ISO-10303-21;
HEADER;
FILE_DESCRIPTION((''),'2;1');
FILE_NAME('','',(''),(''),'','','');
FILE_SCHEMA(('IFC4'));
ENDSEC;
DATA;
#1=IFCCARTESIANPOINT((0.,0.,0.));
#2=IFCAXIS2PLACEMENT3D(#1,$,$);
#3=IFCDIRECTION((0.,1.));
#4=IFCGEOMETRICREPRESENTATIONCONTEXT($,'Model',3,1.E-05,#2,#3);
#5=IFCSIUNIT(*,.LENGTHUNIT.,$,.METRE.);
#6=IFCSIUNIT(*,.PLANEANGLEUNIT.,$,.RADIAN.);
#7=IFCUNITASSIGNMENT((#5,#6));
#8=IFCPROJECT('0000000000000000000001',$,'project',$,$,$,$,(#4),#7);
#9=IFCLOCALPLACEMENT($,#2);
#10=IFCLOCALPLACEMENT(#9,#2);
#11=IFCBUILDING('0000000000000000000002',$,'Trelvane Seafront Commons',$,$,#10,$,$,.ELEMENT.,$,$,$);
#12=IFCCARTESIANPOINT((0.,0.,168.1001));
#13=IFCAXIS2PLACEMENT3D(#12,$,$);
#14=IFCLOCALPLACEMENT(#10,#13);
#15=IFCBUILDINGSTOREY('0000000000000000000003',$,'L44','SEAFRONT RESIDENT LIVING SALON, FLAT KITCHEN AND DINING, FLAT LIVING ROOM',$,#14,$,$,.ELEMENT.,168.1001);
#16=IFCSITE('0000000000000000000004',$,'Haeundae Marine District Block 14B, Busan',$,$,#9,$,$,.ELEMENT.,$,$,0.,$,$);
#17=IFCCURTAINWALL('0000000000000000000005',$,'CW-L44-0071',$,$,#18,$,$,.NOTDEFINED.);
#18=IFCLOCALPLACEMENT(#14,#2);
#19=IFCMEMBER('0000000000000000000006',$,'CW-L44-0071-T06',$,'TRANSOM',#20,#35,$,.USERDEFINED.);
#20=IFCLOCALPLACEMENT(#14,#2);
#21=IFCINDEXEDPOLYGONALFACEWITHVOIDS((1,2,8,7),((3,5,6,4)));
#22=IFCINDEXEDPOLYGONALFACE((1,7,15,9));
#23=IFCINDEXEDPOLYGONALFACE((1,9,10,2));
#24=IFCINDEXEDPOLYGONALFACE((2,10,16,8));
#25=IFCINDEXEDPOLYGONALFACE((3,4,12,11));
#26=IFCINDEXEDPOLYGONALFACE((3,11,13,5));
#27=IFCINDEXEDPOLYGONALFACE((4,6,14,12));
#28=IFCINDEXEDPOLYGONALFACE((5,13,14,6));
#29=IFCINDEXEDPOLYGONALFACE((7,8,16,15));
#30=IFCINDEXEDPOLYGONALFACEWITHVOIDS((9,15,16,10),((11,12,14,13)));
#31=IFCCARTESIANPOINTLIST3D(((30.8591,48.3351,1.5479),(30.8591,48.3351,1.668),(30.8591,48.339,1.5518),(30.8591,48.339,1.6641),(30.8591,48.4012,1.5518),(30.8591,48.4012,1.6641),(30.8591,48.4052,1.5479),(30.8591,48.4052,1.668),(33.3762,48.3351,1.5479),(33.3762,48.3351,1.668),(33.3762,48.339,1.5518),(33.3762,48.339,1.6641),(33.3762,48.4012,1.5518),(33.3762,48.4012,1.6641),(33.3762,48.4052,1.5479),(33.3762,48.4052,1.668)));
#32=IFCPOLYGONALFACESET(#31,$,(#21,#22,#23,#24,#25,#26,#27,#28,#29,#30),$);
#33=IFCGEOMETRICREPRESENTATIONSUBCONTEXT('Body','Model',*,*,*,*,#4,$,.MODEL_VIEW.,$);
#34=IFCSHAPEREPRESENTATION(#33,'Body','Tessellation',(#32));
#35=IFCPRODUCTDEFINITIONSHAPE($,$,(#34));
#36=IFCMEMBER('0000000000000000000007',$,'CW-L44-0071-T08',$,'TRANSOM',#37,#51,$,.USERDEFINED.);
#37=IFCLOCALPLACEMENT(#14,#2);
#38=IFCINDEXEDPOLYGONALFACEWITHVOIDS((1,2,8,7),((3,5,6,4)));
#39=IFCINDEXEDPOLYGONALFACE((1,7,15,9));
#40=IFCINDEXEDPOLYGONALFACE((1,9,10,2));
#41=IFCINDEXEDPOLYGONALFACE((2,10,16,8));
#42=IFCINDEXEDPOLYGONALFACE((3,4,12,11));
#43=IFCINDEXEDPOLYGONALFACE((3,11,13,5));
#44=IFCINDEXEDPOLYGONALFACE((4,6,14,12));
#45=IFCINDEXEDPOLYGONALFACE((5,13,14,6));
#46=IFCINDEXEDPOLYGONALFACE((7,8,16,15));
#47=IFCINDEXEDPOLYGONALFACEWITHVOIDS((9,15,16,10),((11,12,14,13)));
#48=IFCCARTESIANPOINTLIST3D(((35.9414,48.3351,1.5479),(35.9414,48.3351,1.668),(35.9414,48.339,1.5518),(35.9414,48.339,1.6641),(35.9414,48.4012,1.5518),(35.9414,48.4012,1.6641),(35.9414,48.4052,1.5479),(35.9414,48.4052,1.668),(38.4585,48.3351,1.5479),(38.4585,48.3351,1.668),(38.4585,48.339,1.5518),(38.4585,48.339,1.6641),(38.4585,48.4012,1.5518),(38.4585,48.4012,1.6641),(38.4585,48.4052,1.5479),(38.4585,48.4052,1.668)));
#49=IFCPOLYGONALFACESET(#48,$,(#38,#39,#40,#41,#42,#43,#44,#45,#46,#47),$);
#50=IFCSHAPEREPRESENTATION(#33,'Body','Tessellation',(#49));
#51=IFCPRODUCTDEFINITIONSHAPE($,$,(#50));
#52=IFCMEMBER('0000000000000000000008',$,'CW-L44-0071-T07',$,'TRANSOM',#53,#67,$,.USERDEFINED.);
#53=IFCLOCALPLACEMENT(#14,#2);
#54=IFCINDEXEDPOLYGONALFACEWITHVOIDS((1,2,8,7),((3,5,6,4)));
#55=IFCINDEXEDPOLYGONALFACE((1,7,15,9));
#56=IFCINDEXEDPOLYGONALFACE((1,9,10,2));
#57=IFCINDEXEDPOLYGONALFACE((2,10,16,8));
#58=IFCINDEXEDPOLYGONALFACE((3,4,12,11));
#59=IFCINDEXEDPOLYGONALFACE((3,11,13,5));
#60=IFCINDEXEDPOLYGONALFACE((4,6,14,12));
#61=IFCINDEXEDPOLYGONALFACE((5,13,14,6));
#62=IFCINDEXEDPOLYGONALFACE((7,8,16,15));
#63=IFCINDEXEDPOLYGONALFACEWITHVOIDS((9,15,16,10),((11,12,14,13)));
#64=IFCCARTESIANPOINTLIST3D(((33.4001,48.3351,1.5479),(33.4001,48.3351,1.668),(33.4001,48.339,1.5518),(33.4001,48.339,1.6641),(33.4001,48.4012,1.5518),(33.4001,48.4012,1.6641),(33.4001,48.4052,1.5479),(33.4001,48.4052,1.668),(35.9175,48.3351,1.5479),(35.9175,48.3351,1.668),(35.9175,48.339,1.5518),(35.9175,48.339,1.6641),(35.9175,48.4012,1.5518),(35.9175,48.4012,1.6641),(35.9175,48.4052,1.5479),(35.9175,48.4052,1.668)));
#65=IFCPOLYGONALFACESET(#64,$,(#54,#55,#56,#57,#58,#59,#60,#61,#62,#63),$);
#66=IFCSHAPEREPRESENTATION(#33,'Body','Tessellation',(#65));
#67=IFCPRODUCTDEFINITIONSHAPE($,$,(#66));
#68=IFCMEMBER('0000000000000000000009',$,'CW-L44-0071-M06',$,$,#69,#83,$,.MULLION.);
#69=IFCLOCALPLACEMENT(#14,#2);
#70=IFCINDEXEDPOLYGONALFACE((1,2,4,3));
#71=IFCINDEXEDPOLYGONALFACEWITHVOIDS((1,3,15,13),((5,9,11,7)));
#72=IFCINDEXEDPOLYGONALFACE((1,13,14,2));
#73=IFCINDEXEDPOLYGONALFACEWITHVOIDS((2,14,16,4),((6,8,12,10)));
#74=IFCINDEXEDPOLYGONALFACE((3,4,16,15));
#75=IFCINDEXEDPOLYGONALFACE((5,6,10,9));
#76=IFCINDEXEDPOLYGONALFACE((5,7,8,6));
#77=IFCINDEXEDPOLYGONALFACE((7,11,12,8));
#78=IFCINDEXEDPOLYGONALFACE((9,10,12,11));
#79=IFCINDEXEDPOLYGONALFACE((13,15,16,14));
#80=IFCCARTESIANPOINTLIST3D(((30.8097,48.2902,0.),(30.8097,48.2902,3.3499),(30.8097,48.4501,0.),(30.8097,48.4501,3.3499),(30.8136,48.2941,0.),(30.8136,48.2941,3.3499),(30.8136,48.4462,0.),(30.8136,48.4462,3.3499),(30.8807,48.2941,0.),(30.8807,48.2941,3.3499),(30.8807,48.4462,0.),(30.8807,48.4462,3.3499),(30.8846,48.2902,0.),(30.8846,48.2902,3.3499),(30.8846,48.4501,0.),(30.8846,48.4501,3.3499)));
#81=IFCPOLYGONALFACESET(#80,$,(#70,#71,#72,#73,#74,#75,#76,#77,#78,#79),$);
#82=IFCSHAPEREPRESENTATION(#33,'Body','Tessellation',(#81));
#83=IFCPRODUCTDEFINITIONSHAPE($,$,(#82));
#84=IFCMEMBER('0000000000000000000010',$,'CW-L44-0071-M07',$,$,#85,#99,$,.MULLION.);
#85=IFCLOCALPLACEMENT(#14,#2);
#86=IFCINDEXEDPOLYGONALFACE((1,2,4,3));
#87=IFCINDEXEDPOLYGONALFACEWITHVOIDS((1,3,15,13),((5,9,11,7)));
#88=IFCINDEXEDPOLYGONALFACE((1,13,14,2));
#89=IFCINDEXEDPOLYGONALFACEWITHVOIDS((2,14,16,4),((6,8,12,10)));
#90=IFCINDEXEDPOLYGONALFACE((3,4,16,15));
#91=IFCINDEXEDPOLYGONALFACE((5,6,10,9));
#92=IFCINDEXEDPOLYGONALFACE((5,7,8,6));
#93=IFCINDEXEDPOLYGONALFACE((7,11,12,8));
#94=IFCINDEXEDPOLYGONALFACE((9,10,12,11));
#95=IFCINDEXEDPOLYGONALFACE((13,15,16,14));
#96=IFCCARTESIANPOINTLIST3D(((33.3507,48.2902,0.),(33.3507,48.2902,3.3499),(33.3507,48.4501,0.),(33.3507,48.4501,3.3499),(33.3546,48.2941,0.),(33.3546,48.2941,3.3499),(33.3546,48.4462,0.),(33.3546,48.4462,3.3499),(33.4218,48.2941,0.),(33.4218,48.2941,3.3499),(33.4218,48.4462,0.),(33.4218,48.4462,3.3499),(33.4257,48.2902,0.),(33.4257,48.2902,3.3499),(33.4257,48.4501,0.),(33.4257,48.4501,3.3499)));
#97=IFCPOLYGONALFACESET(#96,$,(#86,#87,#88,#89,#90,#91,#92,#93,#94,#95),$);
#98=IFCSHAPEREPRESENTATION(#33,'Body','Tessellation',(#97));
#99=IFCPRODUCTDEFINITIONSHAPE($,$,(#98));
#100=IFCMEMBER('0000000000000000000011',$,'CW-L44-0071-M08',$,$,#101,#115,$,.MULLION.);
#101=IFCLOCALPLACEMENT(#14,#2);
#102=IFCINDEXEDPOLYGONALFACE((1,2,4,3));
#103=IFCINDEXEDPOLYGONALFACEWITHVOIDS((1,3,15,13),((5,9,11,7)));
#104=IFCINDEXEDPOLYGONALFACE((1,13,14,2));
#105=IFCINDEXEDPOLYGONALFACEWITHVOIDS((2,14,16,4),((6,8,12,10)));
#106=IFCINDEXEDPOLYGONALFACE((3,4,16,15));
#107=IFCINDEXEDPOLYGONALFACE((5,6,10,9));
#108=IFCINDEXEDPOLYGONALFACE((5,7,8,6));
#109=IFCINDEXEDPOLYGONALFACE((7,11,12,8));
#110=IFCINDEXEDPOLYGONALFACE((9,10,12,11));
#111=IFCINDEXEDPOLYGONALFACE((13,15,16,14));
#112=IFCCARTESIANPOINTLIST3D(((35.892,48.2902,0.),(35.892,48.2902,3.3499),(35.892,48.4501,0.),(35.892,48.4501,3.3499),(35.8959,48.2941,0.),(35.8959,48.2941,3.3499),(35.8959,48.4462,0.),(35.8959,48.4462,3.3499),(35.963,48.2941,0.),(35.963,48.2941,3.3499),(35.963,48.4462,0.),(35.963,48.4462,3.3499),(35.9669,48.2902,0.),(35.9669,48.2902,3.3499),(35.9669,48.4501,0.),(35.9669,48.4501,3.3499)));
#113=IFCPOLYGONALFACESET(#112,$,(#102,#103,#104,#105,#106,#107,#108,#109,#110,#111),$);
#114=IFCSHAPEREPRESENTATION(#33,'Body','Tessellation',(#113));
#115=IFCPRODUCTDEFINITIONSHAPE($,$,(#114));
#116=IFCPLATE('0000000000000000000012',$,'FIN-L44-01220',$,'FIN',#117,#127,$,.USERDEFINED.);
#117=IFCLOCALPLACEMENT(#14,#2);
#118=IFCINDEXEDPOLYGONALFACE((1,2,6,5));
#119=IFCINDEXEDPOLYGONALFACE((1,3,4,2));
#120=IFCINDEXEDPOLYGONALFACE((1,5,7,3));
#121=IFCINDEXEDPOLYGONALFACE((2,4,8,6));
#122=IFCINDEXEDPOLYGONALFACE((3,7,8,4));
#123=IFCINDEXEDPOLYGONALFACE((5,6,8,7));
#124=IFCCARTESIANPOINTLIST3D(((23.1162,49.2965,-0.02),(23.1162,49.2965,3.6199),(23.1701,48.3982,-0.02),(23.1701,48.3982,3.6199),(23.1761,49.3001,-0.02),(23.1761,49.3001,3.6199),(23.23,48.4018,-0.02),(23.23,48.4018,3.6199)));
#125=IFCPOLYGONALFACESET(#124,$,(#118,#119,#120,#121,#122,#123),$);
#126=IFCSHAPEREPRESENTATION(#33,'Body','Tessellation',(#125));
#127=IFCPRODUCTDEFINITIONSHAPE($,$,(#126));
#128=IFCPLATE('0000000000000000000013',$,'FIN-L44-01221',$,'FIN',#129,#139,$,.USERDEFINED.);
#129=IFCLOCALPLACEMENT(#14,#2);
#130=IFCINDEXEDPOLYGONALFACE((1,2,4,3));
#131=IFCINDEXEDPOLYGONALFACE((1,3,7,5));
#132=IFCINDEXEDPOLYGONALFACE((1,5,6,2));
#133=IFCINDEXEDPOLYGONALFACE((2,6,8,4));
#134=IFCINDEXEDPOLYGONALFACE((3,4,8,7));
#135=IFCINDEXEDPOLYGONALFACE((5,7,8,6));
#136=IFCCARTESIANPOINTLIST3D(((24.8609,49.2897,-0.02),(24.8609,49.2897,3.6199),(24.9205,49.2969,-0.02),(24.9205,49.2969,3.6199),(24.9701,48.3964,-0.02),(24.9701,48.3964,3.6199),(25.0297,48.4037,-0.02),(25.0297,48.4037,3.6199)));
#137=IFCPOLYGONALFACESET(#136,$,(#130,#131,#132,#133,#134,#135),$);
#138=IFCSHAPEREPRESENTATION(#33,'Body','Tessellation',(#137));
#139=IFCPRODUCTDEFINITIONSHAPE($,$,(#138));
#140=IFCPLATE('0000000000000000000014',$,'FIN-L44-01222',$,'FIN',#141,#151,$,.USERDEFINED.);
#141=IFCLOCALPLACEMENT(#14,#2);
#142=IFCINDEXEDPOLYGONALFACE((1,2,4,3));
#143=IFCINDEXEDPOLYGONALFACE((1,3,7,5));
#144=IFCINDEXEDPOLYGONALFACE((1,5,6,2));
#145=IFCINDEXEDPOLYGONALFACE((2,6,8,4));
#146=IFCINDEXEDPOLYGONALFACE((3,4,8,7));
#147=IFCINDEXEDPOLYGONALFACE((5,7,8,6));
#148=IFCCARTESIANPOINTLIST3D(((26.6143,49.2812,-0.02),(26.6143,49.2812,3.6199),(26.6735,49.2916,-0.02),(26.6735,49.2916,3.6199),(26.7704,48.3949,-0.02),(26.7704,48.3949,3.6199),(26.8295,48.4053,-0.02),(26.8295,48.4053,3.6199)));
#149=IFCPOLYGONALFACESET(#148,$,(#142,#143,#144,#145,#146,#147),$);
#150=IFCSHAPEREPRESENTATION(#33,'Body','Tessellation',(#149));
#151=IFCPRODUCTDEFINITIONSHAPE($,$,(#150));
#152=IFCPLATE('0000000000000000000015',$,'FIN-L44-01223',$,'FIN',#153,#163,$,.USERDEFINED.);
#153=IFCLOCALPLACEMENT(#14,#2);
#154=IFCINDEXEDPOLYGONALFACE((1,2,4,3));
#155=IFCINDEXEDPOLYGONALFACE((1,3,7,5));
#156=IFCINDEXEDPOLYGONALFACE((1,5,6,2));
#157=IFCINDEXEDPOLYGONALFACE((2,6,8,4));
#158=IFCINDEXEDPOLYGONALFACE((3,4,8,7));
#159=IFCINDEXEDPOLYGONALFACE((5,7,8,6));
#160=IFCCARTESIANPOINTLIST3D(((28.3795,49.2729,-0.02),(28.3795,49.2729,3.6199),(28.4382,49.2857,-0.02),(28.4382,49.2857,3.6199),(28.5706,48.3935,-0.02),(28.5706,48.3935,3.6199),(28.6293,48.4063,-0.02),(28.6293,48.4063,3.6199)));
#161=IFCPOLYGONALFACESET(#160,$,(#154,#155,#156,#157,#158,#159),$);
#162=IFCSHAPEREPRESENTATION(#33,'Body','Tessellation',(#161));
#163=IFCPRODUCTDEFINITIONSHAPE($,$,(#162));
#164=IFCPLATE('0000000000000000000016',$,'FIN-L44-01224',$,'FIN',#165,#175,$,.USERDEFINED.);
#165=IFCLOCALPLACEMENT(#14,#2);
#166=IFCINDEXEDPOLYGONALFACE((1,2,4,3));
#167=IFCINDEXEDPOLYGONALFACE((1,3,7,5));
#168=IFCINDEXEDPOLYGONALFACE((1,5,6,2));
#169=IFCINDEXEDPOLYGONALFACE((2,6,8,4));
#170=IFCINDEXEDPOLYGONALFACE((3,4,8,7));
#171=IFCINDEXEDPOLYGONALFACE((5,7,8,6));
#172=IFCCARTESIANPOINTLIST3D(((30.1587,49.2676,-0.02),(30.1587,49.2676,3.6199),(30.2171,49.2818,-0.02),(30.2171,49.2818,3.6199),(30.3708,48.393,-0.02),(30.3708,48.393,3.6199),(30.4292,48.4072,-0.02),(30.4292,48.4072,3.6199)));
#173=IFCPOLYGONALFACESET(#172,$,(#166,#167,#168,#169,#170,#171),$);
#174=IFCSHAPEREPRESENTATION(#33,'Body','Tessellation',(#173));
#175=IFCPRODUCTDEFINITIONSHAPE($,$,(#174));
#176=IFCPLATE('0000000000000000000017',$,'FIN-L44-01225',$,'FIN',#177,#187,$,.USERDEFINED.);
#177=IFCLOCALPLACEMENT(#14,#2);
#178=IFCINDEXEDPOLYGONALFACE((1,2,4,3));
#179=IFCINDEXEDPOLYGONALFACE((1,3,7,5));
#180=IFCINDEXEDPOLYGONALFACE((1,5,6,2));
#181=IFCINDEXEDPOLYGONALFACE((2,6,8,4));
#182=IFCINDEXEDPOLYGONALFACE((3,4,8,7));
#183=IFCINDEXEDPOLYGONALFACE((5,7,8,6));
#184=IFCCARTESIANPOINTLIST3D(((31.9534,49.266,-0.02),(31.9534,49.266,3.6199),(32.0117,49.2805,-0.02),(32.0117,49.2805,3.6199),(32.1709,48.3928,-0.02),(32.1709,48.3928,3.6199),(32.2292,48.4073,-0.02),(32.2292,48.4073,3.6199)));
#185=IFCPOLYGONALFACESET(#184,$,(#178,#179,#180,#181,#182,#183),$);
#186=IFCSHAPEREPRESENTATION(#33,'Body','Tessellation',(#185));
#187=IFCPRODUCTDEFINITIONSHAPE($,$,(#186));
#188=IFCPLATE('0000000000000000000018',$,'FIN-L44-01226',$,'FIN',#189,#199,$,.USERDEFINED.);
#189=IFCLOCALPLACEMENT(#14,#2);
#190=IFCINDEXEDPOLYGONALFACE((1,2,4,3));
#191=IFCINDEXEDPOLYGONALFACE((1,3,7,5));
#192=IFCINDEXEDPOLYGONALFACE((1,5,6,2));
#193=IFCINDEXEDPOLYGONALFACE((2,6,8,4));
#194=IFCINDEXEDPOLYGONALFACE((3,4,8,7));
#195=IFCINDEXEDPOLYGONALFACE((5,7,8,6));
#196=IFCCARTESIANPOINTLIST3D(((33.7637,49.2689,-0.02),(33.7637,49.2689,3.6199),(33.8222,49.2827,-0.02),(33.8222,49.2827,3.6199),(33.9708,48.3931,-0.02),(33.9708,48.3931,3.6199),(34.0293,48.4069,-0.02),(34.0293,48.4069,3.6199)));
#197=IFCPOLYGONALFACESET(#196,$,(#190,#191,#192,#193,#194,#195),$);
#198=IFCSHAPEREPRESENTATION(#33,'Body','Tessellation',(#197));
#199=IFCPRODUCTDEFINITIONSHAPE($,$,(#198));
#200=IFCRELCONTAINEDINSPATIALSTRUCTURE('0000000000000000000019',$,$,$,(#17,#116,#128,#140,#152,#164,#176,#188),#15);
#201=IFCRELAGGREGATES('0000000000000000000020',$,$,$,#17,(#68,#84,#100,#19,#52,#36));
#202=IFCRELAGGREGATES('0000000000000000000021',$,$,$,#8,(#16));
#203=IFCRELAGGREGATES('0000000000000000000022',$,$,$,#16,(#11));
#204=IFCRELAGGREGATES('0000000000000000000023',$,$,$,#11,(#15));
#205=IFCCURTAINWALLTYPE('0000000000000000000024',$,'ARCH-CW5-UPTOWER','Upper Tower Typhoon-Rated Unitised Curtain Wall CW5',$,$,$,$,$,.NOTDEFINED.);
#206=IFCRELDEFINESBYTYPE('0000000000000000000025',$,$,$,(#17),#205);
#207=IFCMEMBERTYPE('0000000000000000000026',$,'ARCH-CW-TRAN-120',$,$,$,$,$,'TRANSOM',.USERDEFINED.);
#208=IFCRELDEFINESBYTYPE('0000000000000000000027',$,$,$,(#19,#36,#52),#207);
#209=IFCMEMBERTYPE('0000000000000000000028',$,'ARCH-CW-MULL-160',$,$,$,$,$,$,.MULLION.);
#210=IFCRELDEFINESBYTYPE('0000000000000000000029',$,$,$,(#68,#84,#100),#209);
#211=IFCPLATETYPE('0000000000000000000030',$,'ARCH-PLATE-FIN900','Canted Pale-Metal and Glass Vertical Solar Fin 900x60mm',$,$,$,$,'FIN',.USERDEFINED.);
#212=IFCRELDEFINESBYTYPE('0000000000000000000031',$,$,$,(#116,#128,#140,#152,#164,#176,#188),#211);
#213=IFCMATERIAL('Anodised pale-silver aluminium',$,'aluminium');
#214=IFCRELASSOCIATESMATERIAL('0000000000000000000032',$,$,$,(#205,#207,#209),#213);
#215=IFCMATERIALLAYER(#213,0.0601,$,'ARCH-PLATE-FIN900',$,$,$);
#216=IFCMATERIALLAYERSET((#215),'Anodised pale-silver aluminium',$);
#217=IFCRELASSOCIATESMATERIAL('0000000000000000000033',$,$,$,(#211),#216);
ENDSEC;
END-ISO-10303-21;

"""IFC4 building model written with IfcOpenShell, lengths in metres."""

from ifc_helpers import new_model, si_unit, direction, frame, origin, origin_2d, place, context, subcontext, project, spatial, rectangle, hollow_rectangle, extrude, source, transform, mapped, material, layer, layer_set, material_profile, profile_set, type_object, element, aggregate, save


model = new_model("IFC4")

# Units and contexts
model_context = context("Model", 3, precision=1e-05, world=origin(), true_north=direction((0.0, 1.0)))
body_context = subcontext(model_context, "Body", "Model", "MODEL_VIEW")
ifc_project = project(units=[si_unit("LENGTHUNIT", "METRE"), si_unit("PLANEANGLEUNIT", "RADIAN")], contexts=[model_context])

# Site, building, storey
site_placement = place(None, origin())
site = spatial("IfcSite", under=ifc_project, at=site_placement, Name="Haeundae Marine District Block 14B, Busan", CompositionType="ELEMENT", RefElevation=0.0)
building_placement = place(site_placement, origin())
building = spatial("IfcBuilding", under=site, at=building_placement, Name="Trelvane Seafront Commons", CompositionType="ELEMENT")
storey_placement = place(building_placement, frame((0.0, 0.0, 168.1001)))
storey = spatial("IfcBuildingStorey", under=building, at=storey_placement, Name="L44", Description="SEAFRONT RESIDENT LIVING SALON, FLAT KITCHEN AND DINING, FLAT LIVING ROOM", CompositionType="ELEMENT", Elevation=168.1001)

# Curtain wall, members
ifc_material_1 = material(Name="Anodised pale-silver aluminium", Category="aluminium")
curtain_wall_type = type_object("IfcCurtainWallType", Name="ARCH-CW5-UPTOWER", Description="Upper Tower Typhoon-Rated Unitised Curtain Wall CW5", PredefinedType="NOTDEFINED", material=ifc_material_1)
curtain_wall_placement = place(storey_placement, origin())
curtain_wall = element("IfcCurtainWall", 1, at=curtain_wall_placement, inside=storey, type_object=curtain_wall_type, Name="CW-L44-0071", PredefinedType="NOTDEFINED")
ifc_material_profile_1 = material_profile(ifc_material_1, hollow_rectangle(XDim=0.0701, YDim=0.1201, WallThickness=0.0039, at=origin_2d()), Name="TRAN-70x120x4")
ifc_profile_set_1 = profile_set([ifc_material_profile_1], Name="Anodised pale-silver aluminium")
member_type_1 = type_object("IfcMemberType", Name="ARCH-CW-TRAN-120", ElementType="TRANSOM", PredefinedType="USERDEFINED", material=ifc_profile_set_1)
shared_shape_1 = source(origin(), body_context, "Body", "SweptSolid", [
    extrude(hollow_rectangle(XDim=0.0701, YDim=0.1201, WallThickness=0.0039, at=origin_2d()), origin(), (0.0, 0.0, 1.0), 2.5171),
])
member_1_placement = place(storey_placement, frame((30.8591, 48.3701, 1.6079), z_axis=(1.0, 0.0, 0.0), x_axis=(0.0, 1.0, 0.0)))
member_1 = element("IfcMember", 2, at=member_1_placement, type_object=member_type_1, Name="CW-L44-0071-T06", ObjectType="TRANSOM", PredefinedType="USERDEFINED", context=body_context, shape_type="MappedRepresentation", body=[
    mapped(shared_shape_1, transform((0.0, 0.0, 0.0), x_axis=(1.0, 0.0, 0.0), y_axis=(0.0, 1.0, 0.0), z_axis=(0.0, 0.0, 1.0), scale=1.0)),
])
member_2_placement = place(storey_placement, frame((35.9414, 48.3701, 1.6079), z_axis=(1.0, 0.0, 0.0), x_axis=(0.0, 1.0, 0.0)))
member_2 = element("IfcMember", 3, at=member_2_placement, type_object=member_type_1, Name="CW-L44-0071-T08", ObjectType="TRANSOM", PredefinedType="USERDEFINED", context=body_context, shape_type="MappedRepresentation", body=[
    mapped(shared_shape_1, transform((0.0, 0.0, 0.0), x_axis=(1.0, 0.0, 0.0), y_axis=(0.0, 1.0, 0.0), z_axis=(0.0, 0.0, 1.0), scale=1.0)),
])
shared_shape_2 = source(origin(), body_context, "Body", "SweptSolid", [
    extrude(hollow_rectangle(XDim=0.0701, YDim=0.1201, WallThickness=0.0039, at=origin_2d()), origin(), (0.0, 0.0, 1.0), 2.5173),
])
member_3_placement = place(storey_placement, frame((33.4001, 48.3701, 1.6079), z_axis=(1.0, 0.0, 0.0), x_axis=(0.0, 1.0, 0.0)))
member_3 = element("IfcMember", 4, at=member_3_placement, type_object=member_type_1, Name="CW-L44-0071-T07", ObjectType="TRANSOM", PredefinedType="USERDEFINED", context=body_context, shape_type="MappedRepresentation", body=[
    mapped(shared_shape_2, transform((0.0, 0.0, 0.0), x_axis=(1.0, 0.0, 0.0), y_axis=(0.0, 1.0, 0.0), z_axis=(0.0, 0.0, 1.0), scale=1.0)),
])
ifc_material_profile_2 = material_profile(ifc_material_1, hollow_rectangle(XDim=0.075, YDim=0.1599, WallThickness=0.0039, at=origin_2d()), Name="MULL-75x160x4")
ifc_profile_set_2 = profile_set([ifc_material_profile_2], Name="Anodised pale-silver aluminium")
member_type_2 = type_object("IfcMemberType", Name="ARCH-CW-MULL-160", PredefinedType="MULLION", material=ifc_profile_set_2)
shared_shape_3 = source(origin(), body_context, "Body", "SweptSolid", [
    extrude(hollow_rectangle(XDim=0.075, YDim=0.1599, WallThickness=0.0039, at=origin_2d()), origin(), (0.0, 0.0, 1.0), 3.3499),
])
member_4_placement = place(storey_placement, frame((30.8472, 48.3701, 0.0), z_axis=(0.0, 0.0, 1.0), x_axis=(1.0, 0.0, 0.0)))
member_4 = element("IfcMember", 5, at=member_4_placement, type_object=member_type_2, Name="CW-L44-0071-M06", PredefinedType="MULLION", context=body_context, shape_type="MappedRepresentation", body=[
    mapped(shared_shape_3, transform((0.0, 0.0, 0.0), x_axis=(1.0, 0.0, 0.0), y_axis=(0.0, 1.0, 0.0), z_axis=(0.0, 0.0, 1.0), scale=1.0)),
])
member_5_placement = place(storey_placement, frame((33.3882, 48.3701, 0.0), z_axis=(0.0, 0.0, 1.0), x_axis=(1.0, 0.0, 0.0)))
member_5 = element("IfcMember", 6, at=member_5_placement, type_object=member_type_2, Name="CW-L44-0071-M07", PredefinedType="MULLION", context=body_context, shape_type="MappedRepresentation", body=[
    mapped(shared_shape_3, transform((0.0, 0.0, 0.0), x_axis=(1.0, 0.0, 0.0), y_axis=(0.0, 1.0, 0.0), z_axis=(0.0, 0.0, 1.0), scale=1.0)),
])
member_6_placement = place(storey_placement, frame((35.9294, 48.3701, 0.0), z_axis=(0.0, 0.0, 1.0), x_axis=(1.0, 0.0, 0.0)))
member_6 = element("IfcMember", 7, at=member_6_placement, type_object=member_type_2, Name="CW-L44-0071-M08", PredefinedType="MULLION", context=body_context, shape_type="MappedRepresentation", body=[
    mapped(shared_shape_3, transform((0.0, 0.0, 0.0), x_axis=(1.0, 0.0, 0.0), y_axis=(0.0, 1.0, 0.0), z_axis=(0.0, 0.0, 1.0), scale=1.0)),
])

# Plates
ifc_layer_1 = layer(ifc_material_1, 0.0601, Name="ARCH-PLATE-FIN900")
ifc_layer_set_1 = layer_set([ifc_layer_1], Name="Anodised pale-silver aluminium")
plate_type_1 = type_object("IfcPlateType", Name="ARCH-PLATE-FIN900", Description="Canted Pale-Metal and Glass Vertical Solar Fin 900x60mm", ElementType="FIN", PredefinedType="USERDEFINED", material=ifc_layer_set_1)
shared_shape_4 = source(origin(), body_context, "Body", "SweptSolid", [
    extrude(rectangle(XDim=0.8999, YDim=0.0601, at=origin_2d()), origin(), (0.0, 0.0, 1.0), 3.6399),
])
for number, where, z_axis, x_axis, name in (
    (8, (23.1731, 48.8491, -0.02), (0.0, 0.0, 1.0), (-0.059888, 0.998205, 0.0), "FIN-L44-01220"),
    (9, (24.9453, 48.8467, -0.02), (0.0, 0.0, 1.0), (-0.121341, 0.992611, 0.0), "FIN-L44-01221"),
    (10, (26.7219, 48.8433, -0.02), (0.0, 0.0, 1.0), (-0.173437, 0.984845, 0.0), "FIN-L44-01222"),
    (11, (28.5044, 48.8396, -0.02), (0.0, 0.0, 1.0), (-0.212434, 0.977176, 0.0), "FIN-L44-01223"),
    (12, (30.2939, 48.8374, -0.02), (0.0, 0.0, 1.0), (-0.235654, 0.971837, 0.0), "FIN-L44-01224"),
    (13, (32.0913, 48.8367, -0.02), (0.0, 0.0, 1.0), (-0.241673, 0.970358, 0.0), "FIN-L44-01225"),
    (14, (33.8965, 48.8379, -0.02), (0.0, 0.0, 1.0), (-0.230123, 0.973162, 0.0), "FIN-L44-01226"),
):
    element("IfcPlate", number, at=place(storey_placement, frame(where, z_axis=z_axis, x_axis=x_axis)), inside=storey, type_object=plate_type_1, Name=name, ObjectType="FIN", PredefinedType="USERDEFINED", context=body_context, shape_type="MappedRepresentation", body=[
        mapped(shared_shape_4, transform((0.0, 0.0, 0.0), x_axis=(1.0, 0.0, 0.0), y_axis=(0.0, 1.0, 0.0), z_axis=(0.0, 0.0, 1.0), scale=1.0)),
    ])

aggregate(curtain_wall, [member_4, member_5, member_6, member_1, member_3, member_2])

save(model, "model.ifc")
